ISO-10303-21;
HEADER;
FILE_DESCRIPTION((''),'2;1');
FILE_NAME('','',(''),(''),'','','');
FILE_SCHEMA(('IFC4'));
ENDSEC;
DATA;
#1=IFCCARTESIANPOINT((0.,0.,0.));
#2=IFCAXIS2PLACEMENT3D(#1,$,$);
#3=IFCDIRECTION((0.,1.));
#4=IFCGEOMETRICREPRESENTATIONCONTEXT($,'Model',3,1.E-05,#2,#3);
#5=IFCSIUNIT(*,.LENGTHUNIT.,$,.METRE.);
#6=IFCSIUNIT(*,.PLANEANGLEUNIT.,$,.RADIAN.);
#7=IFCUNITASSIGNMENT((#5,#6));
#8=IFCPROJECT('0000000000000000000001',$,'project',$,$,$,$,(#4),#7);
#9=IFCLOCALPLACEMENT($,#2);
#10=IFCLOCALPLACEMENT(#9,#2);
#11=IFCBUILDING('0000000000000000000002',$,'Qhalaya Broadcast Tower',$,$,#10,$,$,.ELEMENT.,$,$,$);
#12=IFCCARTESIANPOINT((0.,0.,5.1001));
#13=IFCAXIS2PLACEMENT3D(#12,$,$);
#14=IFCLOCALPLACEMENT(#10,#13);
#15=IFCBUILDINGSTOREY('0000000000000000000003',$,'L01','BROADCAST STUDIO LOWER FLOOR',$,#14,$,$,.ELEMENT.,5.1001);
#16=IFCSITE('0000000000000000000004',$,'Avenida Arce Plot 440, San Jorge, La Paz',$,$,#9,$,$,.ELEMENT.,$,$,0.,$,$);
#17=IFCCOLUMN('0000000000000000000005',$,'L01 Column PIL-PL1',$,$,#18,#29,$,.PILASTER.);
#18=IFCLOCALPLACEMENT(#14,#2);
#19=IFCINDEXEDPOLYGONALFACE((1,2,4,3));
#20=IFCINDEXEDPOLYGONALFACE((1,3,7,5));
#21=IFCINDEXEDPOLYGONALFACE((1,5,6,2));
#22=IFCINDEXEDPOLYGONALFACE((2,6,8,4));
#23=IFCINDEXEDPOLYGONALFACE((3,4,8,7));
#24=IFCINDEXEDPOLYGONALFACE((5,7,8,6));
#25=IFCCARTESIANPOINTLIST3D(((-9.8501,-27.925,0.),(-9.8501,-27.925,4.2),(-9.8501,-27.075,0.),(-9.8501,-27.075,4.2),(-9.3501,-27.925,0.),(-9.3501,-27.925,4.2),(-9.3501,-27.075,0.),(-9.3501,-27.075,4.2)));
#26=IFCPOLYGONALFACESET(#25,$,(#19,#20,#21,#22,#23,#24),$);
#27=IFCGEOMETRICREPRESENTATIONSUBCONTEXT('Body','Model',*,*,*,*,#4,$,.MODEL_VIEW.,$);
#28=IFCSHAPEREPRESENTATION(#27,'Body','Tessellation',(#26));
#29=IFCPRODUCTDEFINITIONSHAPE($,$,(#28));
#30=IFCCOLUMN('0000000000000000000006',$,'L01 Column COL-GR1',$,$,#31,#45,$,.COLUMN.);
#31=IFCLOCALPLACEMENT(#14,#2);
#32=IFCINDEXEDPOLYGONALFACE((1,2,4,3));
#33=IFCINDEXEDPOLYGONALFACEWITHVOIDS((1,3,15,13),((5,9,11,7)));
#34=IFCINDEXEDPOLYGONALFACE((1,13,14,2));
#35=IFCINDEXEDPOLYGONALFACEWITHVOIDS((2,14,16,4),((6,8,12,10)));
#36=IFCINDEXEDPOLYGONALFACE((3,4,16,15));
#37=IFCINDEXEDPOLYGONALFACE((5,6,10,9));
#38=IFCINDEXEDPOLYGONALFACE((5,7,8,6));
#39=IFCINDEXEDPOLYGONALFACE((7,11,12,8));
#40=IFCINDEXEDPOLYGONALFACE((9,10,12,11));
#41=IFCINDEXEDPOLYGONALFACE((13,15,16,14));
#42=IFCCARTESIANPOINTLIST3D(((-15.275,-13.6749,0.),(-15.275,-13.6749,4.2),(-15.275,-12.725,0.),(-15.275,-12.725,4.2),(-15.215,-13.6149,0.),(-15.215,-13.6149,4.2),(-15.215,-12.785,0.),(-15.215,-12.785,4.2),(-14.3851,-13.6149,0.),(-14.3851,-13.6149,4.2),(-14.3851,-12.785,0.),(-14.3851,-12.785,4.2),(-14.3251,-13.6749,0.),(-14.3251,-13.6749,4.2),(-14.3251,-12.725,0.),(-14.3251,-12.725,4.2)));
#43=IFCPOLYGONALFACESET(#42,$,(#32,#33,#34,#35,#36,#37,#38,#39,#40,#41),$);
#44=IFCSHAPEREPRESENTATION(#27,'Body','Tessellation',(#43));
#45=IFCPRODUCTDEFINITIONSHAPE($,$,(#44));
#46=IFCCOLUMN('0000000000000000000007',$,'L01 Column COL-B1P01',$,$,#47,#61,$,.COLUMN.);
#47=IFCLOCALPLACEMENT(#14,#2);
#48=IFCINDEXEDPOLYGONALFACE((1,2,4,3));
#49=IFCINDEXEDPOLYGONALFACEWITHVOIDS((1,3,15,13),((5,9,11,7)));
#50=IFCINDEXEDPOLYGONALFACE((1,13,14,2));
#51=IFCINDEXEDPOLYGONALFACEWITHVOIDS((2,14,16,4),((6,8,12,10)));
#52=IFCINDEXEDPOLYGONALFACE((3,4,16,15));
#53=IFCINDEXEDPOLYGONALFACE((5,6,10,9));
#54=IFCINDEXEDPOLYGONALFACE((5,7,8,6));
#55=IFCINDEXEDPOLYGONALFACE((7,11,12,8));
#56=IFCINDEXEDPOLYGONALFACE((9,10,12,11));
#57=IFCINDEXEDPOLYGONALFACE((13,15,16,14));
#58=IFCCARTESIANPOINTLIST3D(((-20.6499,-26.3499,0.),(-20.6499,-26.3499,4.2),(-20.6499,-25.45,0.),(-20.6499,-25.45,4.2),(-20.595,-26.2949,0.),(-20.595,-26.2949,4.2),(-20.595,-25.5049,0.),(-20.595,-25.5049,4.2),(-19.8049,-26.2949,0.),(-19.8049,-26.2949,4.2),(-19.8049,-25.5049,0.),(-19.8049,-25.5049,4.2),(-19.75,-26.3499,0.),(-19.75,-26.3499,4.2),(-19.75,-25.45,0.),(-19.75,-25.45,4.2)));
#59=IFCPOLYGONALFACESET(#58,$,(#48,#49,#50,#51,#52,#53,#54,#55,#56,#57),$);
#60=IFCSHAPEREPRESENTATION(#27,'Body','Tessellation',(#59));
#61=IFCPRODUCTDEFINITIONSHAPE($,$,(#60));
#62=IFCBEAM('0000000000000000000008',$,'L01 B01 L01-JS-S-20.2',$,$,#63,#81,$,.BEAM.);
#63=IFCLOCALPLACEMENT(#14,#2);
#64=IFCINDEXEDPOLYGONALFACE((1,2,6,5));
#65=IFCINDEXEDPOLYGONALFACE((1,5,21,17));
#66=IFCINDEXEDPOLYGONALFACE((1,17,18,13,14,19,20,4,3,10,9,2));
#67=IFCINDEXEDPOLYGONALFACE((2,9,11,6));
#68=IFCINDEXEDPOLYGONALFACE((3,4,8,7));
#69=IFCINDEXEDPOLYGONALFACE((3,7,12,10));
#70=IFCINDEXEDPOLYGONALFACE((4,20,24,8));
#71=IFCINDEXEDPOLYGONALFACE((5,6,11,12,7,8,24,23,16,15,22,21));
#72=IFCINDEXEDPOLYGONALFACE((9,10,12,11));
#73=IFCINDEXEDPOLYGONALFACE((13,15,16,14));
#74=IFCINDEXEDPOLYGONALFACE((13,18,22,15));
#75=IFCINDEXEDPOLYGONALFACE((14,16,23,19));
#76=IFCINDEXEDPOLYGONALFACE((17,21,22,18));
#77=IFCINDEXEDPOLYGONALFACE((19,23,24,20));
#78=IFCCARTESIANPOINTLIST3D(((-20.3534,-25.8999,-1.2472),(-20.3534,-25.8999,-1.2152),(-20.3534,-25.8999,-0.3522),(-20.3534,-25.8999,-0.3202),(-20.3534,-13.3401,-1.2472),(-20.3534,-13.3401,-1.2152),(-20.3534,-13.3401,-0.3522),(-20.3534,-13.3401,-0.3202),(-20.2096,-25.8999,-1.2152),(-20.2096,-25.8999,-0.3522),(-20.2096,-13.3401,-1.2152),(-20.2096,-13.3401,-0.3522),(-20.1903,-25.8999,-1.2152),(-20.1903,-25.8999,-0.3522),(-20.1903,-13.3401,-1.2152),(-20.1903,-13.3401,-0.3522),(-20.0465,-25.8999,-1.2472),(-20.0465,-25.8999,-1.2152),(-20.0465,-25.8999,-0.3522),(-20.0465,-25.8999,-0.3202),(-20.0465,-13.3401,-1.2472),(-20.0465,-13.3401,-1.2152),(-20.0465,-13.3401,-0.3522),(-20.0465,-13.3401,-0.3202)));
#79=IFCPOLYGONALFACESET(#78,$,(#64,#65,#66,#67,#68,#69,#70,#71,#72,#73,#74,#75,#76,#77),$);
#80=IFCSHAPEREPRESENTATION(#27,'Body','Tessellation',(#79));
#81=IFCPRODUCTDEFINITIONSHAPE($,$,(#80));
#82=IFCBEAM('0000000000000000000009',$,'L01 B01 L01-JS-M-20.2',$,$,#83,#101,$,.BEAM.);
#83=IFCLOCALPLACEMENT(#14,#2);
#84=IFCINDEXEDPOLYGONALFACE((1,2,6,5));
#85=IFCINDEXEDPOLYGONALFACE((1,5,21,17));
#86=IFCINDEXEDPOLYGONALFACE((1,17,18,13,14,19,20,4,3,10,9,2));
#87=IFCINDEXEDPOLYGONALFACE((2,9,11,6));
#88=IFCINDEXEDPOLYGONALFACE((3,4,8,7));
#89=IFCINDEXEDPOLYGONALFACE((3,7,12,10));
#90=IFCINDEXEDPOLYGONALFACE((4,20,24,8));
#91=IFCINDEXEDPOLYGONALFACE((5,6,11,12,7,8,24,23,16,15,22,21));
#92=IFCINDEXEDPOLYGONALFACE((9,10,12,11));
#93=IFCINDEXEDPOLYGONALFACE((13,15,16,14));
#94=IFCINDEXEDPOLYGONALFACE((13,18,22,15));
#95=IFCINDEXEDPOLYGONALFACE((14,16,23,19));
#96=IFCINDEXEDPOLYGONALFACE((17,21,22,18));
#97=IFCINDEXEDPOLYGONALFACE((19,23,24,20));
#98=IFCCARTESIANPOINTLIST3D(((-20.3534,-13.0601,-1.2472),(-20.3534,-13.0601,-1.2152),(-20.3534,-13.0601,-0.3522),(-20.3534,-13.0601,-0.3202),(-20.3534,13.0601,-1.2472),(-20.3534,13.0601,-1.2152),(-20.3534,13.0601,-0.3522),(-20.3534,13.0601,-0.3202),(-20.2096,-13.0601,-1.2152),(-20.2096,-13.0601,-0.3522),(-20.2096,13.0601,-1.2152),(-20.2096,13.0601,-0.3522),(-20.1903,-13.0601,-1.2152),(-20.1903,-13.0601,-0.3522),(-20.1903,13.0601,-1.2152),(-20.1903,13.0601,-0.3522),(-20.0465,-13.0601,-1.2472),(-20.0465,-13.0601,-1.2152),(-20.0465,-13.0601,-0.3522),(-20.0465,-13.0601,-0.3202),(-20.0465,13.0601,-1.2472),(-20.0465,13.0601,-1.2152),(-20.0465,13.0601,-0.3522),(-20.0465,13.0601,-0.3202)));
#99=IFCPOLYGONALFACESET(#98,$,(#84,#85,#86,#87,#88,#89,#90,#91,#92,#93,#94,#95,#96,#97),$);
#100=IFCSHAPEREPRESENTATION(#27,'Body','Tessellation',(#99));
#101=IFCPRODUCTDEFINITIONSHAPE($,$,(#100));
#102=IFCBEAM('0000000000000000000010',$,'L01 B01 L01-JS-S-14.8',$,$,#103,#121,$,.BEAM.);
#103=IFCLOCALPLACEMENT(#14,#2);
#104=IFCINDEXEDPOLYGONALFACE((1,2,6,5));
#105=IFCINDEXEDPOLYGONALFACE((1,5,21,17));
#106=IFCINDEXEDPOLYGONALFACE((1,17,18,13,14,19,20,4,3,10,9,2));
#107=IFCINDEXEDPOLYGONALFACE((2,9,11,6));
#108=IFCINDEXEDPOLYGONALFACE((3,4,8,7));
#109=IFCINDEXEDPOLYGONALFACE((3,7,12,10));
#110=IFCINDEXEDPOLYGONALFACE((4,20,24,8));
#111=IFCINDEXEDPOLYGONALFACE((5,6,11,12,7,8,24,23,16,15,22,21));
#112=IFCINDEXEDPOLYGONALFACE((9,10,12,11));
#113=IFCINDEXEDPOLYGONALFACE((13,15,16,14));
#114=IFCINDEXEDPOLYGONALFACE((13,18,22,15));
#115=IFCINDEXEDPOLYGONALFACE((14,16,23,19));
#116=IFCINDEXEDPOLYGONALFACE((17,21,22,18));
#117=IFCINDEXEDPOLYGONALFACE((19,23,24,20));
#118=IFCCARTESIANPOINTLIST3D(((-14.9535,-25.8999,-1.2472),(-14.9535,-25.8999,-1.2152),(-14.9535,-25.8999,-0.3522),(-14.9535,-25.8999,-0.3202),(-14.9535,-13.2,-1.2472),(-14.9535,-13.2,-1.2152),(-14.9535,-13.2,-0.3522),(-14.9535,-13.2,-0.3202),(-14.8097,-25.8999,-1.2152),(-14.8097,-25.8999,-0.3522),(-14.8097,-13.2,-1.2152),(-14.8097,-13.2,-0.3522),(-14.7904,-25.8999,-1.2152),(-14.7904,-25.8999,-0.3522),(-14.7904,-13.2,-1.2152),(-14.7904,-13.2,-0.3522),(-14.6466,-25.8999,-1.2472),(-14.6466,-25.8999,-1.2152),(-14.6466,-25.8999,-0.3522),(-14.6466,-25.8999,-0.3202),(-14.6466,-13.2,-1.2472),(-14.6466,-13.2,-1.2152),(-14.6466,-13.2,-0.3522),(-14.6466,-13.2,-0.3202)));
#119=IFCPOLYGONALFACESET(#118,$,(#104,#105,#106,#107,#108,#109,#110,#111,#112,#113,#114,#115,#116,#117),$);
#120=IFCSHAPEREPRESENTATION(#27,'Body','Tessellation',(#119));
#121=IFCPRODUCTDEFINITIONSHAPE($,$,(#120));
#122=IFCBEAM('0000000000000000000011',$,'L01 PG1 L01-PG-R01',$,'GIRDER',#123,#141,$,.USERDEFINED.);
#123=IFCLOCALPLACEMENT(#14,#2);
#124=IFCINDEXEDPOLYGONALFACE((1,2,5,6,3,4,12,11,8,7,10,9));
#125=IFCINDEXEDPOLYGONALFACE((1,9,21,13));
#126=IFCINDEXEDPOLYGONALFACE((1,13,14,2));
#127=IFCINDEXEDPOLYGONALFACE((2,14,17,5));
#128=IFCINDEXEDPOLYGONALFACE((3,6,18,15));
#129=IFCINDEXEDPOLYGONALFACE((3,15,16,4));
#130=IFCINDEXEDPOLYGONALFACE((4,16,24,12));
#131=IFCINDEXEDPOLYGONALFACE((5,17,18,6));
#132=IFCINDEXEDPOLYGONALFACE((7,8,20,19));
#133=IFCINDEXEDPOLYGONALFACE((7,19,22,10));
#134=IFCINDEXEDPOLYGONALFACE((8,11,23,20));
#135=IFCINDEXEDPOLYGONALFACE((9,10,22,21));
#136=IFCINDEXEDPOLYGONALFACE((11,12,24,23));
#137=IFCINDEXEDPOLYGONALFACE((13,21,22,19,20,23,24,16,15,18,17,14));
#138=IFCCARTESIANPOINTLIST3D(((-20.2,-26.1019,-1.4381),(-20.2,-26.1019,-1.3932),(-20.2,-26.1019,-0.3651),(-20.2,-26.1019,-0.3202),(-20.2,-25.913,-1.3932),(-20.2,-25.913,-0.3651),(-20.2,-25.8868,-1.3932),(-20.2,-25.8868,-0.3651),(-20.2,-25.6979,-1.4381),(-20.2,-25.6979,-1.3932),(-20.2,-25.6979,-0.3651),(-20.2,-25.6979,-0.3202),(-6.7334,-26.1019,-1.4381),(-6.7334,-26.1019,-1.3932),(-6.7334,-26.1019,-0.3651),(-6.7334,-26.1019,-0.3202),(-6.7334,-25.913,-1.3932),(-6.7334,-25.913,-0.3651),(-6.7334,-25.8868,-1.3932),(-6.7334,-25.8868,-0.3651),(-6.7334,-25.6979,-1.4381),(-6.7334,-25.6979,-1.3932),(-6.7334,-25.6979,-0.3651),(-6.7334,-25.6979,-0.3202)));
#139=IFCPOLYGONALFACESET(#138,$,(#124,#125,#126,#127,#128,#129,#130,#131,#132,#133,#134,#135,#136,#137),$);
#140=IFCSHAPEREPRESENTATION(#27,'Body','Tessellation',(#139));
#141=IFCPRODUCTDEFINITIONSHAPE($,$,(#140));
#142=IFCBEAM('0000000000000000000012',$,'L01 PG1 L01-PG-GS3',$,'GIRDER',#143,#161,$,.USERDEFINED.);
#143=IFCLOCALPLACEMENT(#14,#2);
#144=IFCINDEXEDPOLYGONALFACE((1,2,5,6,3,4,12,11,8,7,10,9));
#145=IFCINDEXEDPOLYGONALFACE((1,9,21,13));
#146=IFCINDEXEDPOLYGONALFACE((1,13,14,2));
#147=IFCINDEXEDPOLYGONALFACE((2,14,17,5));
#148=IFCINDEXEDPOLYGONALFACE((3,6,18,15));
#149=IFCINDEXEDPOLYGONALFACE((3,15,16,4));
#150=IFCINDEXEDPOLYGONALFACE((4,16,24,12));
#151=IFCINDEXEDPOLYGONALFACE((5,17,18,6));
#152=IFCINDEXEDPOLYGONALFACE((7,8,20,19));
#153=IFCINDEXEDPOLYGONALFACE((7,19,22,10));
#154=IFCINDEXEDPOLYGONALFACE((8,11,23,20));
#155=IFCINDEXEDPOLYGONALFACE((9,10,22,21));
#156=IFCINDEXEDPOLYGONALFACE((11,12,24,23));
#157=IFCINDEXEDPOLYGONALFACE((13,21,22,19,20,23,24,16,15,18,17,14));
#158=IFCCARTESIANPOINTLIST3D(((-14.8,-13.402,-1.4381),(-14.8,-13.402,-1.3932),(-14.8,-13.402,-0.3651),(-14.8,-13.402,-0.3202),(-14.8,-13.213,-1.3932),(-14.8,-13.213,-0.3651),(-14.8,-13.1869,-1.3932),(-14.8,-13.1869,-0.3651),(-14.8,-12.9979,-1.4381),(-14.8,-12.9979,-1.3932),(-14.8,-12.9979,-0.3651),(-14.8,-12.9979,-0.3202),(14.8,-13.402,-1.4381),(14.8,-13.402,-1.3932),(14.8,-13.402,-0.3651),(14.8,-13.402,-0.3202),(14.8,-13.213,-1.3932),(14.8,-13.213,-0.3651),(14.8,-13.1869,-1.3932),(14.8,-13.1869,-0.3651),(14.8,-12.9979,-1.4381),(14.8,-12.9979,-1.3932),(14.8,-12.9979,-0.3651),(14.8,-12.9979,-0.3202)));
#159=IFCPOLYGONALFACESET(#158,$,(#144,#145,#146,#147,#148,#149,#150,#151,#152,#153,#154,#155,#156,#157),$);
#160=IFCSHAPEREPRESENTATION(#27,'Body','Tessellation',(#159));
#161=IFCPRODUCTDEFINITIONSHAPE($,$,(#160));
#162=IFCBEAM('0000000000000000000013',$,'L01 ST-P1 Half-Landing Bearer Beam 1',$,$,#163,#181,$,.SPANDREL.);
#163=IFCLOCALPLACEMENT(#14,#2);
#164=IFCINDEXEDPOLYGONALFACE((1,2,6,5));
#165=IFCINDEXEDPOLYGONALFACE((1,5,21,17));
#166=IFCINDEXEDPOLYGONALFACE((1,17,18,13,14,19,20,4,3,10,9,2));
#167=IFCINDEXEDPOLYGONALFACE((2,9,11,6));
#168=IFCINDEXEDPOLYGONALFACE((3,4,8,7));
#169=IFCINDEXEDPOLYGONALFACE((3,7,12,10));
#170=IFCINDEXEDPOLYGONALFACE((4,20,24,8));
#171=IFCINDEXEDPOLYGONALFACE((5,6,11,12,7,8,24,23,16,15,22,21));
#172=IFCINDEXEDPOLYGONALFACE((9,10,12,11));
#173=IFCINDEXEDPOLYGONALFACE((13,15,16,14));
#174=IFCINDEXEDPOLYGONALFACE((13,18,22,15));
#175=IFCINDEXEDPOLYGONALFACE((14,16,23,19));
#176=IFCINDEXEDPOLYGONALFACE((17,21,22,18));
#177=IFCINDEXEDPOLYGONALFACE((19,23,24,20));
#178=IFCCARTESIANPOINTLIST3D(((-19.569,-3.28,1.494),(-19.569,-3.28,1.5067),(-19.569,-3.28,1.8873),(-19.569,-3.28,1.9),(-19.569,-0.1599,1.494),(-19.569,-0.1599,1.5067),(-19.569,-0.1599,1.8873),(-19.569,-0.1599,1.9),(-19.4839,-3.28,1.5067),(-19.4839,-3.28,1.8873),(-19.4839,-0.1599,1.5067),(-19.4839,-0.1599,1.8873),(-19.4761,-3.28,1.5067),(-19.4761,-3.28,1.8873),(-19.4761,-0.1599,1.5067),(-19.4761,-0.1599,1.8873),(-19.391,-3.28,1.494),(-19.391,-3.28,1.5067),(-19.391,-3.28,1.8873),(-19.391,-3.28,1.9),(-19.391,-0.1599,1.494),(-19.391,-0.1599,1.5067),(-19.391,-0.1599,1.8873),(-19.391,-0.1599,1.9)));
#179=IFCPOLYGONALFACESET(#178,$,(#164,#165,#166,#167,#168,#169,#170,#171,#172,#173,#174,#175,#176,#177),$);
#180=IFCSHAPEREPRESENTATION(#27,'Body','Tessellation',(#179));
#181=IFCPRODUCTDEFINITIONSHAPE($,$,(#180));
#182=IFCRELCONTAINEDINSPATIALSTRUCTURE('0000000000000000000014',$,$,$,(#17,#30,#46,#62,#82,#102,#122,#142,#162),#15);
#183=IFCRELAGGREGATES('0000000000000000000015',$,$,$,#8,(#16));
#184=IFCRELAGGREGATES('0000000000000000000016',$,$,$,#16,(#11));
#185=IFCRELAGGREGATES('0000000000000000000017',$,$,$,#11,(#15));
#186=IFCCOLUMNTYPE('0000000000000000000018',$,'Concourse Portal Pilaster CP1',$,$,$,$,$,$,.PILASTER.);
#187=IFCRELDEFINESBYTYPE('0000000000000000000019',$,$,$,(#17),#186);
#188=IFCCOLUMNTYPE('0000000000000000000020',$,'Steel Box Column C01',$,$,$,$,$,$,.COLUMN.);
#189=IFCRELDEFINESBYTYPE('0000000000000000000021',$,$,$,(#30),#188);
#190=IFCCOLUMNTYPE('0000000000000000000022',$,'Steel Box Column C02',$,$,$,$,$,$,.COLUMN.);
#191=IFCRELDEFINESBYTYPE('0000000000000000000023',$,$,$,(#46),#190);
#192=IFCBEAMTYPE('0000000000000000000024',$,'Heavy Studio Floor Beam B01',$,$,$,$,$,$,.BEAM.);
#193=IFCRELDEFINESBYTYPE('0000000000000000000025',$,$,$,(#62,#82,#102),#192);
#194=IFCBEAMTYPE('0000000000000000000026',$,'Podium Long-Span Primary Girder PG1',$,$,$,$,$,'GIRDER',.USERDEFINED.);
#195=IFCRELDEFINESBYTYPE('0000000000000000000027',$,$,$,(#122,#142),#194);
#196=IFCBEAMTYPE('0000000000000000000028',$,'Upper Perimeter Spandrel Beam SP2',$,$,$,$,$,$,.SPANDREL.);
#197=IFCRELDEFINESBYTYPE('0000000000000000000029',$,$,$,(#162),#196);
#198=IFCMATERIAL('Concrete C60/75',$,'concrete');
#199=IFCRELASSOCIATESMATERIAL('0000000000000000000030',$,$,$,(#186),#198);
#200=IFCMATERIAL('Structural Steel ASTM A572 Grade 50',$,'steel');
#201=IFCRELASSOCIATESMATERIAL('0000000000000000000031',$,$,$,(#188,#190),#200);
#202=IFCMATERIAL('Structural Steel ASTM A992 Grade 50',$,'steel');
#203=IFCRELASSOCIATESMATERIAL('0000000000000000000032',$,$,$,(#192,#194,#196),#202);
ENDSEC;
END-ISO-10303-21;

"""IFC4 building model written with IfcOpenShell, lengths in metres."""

from ifc_helpers import new_model, si_unit, direction, frame, origin, origin_2d, place, context, subcontext, project, spatial, rectangle, hollow_rectangle, i_section, extrude, material, material_profile, profile_set, type_object, element, save


model = new_model("IFC4")

# Units and contexts
model_context = context("Model", 3, precision=1e-05, world=origin(), true_north=direction((0.0, 1.0)))
body_context = subcontext(model_context, "Body", "Model", "MODEL_VIEW")
ifc_project = project(units=[si_unit("LENGTHUNIT", "METRE"), si_unit("PLANEANGLEUNIT", "RADIAN")], contexts=[model_context])

# Site, building, storey
site_placement = place(None, origin())
site = spatial("IfcSite", under=ifc_project, at=site_placement, Name="Avenida Arce Plot 440, San Jorge, La Paz", CompositionType="ELEMENT", RefElevation=0.0)
building_placement = place(site_placement, origin())
building = spatial("IfcBuilding", under=site, at=building_placement, Name="Qhalaya Broadcast Tower", CompositionType="ELEMENT")
storey_placement = place(building_placement, frame((0.0, 0.0, 5.1001)))
storey = spatial("IfcBuildingStorey", under=building, at=storey_placement, Name="L01", Description="BROADCAST STUDIO LOWER FLOOR", CompositionType="ELEMENT", Elevation=5.1001)

# Columns
ifc_material_1 = material(Name="Concrete C60/75", Category="concrete")
ifc_material_profile_1 = material_profile(ifc_material_1, rectangle(XDim=0.5, YDim=0.8501, at=origin_2d()), Name="RC-PIL 500x850")
ifc_profile_set_1 = profile_set([ifc_material_profile_1], Name="Concrete C60/75")
column_type_1 = type_object("IfcColumnType", Name="Concourse Portal Pilaster CP1", PredefinedType="PILASTER", material=ifc_profile_set_1)
column_1_placement = place(storey_placement, frame((-9.6001, -27.5, 0.0), z_axis=(0.0, 0.0, 1.0), x_axis=(1.0, 0.0, 0.0)))
element("IfcColumn", 1, at=column_1_placement, inside=storey, type_object=column_type_1, Name="L01 Column PIL-PL1", PredefinedType="PILASTER", context=body_context, shape_type="SweptSolid", body=[
    extrude(rectangle(XDim=0.5, YDim=0.8501, at=origin_2d()), origin(), (0.0, 0.0, 1.0), 4.2),
])
ifc_material_2 = material(Name="Structural Steel ASTM A572 Grade 50", Category="steel")
ifc_material_profile_2 = material_profile(ifc_material_2, hollow_rectangle(XDim=0.95, YDim=0.95, WallThickness=0.0601, at=origin_2d()), Name="BOX 950x950x60")
ifc_profile_set_2 = profile_set([ifc_material_profile_2], Name="Structural Steel ASTM A572 Grade 50")
column_type_2 = type_object("IfcColumnType", Name="Steel Box Column C01", PredefinedType="COLUMN", material=ifc_profile_set_2)
column_2_placement = place(storey_placement, frame((-14.8, -13.2, 0.0), z_axis=(0.0, 0.0, 1.0), x_axis=(1.0, 0.0, 0.0)))
element("IfcColumn", 2, at=column_2_placement, inside=storey, type_object=column_type_2, Name="L01 Column COL-GR1", PredefinedType="COLUMN", context=body_context, shape_type="SweptSolid", body=[
    extrude(hollow_rectangle(XDim=0.95, YDim=0.95, WallThickness=0.0601, at=origin_2d()), origin(), (0.0, 0.0, 1.0), 4.2),
])
ifc_material_profile_3 = material_profile(ifc_material_2, hollow_rectangle(XDim=0.8999, YDim=0.8999, WallThickness=0.0549, at=origin_2d()), Name="BOX 900x900x55")
ifc_profile_set_3 = profile_set([ifc_material_profile_3], Name="Structural Steel ASTM A572 Grade 50")
column_type_3 = type_object("IfcColumnType", Name="Steel Box Column C02", PredefinedType="COLUMN", material=ifc_profile_set_3)
column_3_placement = place(storey_placement, frame((-20.2, -25.8999, 0.0), z_axis=(0.0, 0.0, 1.0), x_axis=(1.0, 0.0, 0.0)))
element("IfcColumn", 3, at=column_3_placement, inside=storey, type_object=column_type_3, Name="L01 Column COL-B1P01", PredefinedType="COLUMN", context=body_context, shape_type="SweptSolid", body=[
    extrude(hollow_rectangle(XDim=0.8999, YDim=0.8999, WallThickness=0.0549, at=origin_2d()), origin(), (0.0, 0.0, 1.0), 4.2),
])

# Beams
ifc_material_3 = material(Name="Structural Steel ASTM A992 Grade 50", Category="steel")
ifc_material_profile_4 = material_profile(ifc_material_3, i_section(OverallWidth=0.3069, OverallDepth=0.927, WebThickness=0.0193, FlangeThickness=0.032, at=origin_2d()), Name="W36X194")
ifc_profile_set_4 = profile_set([ifc_material_profile_4], Name="Structural Steel ASTM A992 Grade 50")
beam_type_1 = type_object("IfcBeamType", Name="Heavy Studio Floor Beam B01", PredefinedType="BEAM", material=ifc_profile_set_4)
beam_1_placement = place(storey_placement, frame((-20.2, -25.8999, -0.7837), z_axis=(0.0, 1.0, 0.0), x_axis=(-1.0, 0.0, 0.0)))
element("IfcBeam", 4, at=beam_1_placement, inside=storey, type_object=beam_type_1, Name="L01 B01 L01-JS-S-20.2", PredefinedType="BEAM", context=body_context, shape_type="SweptSolid", body=[
    extrude(i_section(OverallWidth=0.3069, OverallDepth=0.927, WebThickness=0.0193, FlangeThickness=0.032, at=origin_2d()), origin(), (0.0, 0.0, 1.0), 12.5598),
])
beam_2_placement = place(storey_placement, frame((-20.2, -13.0601, -0.7837), z_axis=(0.0, 1.0, 0.0), x_axis=(-1.0, 0.0, 0.0)))
element("IfcBeam", 5, at=beam_2_placement, inside=storey, type_object=beam_type_1, Name="L01 B01 L01-JS-M-20.2", PredefinedType="BEAM", context=body_context, shape_type="SweptSolid", body=[
    extrude(i_section(OverallWidth=0.3069, OverallDepth=0.927, WebThickness=0.0193, FlangeThickness=0.032, at=origin_2d()), origin(), (0.0, 0.0, 1.0), 26.1201),
])
beam_3_placement = place(storey_placement, frame((-14.8, -25.8999, -0.7837), z_axis=(0.0, 1.0, 0.0), x_axis=(-1.0, 0.0, 0.0)))
element("IfcBeam", 6, at=beam_3_placement, inside=storey, type_object=beam_type_1, Name="L01 B01 L01-JS-S-14.8", PredefinedType="BEAM", context=body_context, shape_type="SweptSolid", body=[
    extrude(i_section(OverallWidth=0.3069, OverallDepth=0.927, WebThickness=0.0193, FlangeThickness=0.032, at=origin_2d()), origin(), (0.0, 0.0, 1.0), 12.7),
])
ifc_material_profile_5 = material_profile(ifc_material_3, i_section(OverallWidth=0.4041, OverallDepth=1.1179, WebThickness=0.0261, FlangeThickness=0.0449, at=origin_2d()), Name="W44X335")
ifc_profile_set_5 = profile_set([ifc_material_profile_5], Name="Structural Steel ASTM A992 Grade 50")
beam_type_2 = type_object("IfcBeamType", Name="Podium Long-Span Primary Girder PG1", ElementType="GIRDER", PredefinedType="USERDEFINED", material=ifc_profile_set_5)
beam_4_placement = place(storey_placement, frame((-20.2, -25.8999, -0.8792), z_axis=(1.0, 0.0, 0.0), x_axis=(0.0, 1.0, 0.0)))
element("IfcBeam", 7, at=beam_4_placement, inside=storey, type_object=beam_type_2, Name="L01 PG1 L01-PG-R01", ObjectType="GIRDER", PredefinedType="USERDEFINED", context=body_context, shape_type="SweptSolid", body=[
    extrude(i_section(OverallWidth=0.4041, OverallDepth=1.1179, WebThickness=0.0261, FlangeThickness=0.0449, at=origin_2d()), origin(), (0.0, 0.0, 1.0), 13.4666),
])
beam_5_placement = place(storey_placement, frame((-14.8, -13.2, -0.8792), z_axis=(1.0, 0.0, 0.0), x_axis=(0.0, 1.0, 0.0)))
element("IfcBeam", 8, at=beam_5_placement, inside=storey, type_object=beam_type_2, Name="L01 PG1 L01-PG-GS3", ObjectType="GIRDER", PredefinedType="USERDEFINED", context=body_context, shape_type="SweptSolid", body=[
    extrude(i_section(OverallWidth=0.4041, OverallDepth=1.1179, WebThickness=0.0261, FlangeThickness=0.0449, at=origin_2d()), origin(), (0.0, 0.0, 1.0), 29.6001),
])
ifc_material_profile_6 = material_profile(ifc_material_3, i_section(OverallWidth=0.178, OverallDepth=0.406, WebThickness=0.0078, FlangeThickness=0.0127, at=origin_2d()), Name="W16X40")
ifc_profile_set_6 = profile_set([ifc_material_profile_6], Name="Structural Steel ASTM A992 Grade 50")
beam_type_3 = type_object("IfcBeamType", Name="Upper Perimeter Spandrel Beam SP2", PredefinedType="SPANDREL", material=ifc_profile_set_6)
for number, where, z_axis, x_axis, name in (
    (9, (-19.48, -3.28, 1.697), (0.0, 1.0, 0.0), (-1.0, 0.0, 0.0), "L01 ST-P1 Half-Landing Bearer Beam 1"),
):
    element("IfcBeam", number, at=place(storey_placement, frame(where, z_axis=z_axis, x_axis=x_axis)), inside=storey, type_object=beam_type_3, Name=name, PredefinedType="SPANDREL", context=body_context, shape_type="SweptSolid", body=[
        extrude(i_section(OverallWidth=0.178, OverallDepth=0.406, WebThickness=0.0078, FlangeThickness=0.0127, at=origin_2d()), origin(), (0.0, 0.0, 1.0), 3.1201),
    ])

save(model, "model.ifc")
